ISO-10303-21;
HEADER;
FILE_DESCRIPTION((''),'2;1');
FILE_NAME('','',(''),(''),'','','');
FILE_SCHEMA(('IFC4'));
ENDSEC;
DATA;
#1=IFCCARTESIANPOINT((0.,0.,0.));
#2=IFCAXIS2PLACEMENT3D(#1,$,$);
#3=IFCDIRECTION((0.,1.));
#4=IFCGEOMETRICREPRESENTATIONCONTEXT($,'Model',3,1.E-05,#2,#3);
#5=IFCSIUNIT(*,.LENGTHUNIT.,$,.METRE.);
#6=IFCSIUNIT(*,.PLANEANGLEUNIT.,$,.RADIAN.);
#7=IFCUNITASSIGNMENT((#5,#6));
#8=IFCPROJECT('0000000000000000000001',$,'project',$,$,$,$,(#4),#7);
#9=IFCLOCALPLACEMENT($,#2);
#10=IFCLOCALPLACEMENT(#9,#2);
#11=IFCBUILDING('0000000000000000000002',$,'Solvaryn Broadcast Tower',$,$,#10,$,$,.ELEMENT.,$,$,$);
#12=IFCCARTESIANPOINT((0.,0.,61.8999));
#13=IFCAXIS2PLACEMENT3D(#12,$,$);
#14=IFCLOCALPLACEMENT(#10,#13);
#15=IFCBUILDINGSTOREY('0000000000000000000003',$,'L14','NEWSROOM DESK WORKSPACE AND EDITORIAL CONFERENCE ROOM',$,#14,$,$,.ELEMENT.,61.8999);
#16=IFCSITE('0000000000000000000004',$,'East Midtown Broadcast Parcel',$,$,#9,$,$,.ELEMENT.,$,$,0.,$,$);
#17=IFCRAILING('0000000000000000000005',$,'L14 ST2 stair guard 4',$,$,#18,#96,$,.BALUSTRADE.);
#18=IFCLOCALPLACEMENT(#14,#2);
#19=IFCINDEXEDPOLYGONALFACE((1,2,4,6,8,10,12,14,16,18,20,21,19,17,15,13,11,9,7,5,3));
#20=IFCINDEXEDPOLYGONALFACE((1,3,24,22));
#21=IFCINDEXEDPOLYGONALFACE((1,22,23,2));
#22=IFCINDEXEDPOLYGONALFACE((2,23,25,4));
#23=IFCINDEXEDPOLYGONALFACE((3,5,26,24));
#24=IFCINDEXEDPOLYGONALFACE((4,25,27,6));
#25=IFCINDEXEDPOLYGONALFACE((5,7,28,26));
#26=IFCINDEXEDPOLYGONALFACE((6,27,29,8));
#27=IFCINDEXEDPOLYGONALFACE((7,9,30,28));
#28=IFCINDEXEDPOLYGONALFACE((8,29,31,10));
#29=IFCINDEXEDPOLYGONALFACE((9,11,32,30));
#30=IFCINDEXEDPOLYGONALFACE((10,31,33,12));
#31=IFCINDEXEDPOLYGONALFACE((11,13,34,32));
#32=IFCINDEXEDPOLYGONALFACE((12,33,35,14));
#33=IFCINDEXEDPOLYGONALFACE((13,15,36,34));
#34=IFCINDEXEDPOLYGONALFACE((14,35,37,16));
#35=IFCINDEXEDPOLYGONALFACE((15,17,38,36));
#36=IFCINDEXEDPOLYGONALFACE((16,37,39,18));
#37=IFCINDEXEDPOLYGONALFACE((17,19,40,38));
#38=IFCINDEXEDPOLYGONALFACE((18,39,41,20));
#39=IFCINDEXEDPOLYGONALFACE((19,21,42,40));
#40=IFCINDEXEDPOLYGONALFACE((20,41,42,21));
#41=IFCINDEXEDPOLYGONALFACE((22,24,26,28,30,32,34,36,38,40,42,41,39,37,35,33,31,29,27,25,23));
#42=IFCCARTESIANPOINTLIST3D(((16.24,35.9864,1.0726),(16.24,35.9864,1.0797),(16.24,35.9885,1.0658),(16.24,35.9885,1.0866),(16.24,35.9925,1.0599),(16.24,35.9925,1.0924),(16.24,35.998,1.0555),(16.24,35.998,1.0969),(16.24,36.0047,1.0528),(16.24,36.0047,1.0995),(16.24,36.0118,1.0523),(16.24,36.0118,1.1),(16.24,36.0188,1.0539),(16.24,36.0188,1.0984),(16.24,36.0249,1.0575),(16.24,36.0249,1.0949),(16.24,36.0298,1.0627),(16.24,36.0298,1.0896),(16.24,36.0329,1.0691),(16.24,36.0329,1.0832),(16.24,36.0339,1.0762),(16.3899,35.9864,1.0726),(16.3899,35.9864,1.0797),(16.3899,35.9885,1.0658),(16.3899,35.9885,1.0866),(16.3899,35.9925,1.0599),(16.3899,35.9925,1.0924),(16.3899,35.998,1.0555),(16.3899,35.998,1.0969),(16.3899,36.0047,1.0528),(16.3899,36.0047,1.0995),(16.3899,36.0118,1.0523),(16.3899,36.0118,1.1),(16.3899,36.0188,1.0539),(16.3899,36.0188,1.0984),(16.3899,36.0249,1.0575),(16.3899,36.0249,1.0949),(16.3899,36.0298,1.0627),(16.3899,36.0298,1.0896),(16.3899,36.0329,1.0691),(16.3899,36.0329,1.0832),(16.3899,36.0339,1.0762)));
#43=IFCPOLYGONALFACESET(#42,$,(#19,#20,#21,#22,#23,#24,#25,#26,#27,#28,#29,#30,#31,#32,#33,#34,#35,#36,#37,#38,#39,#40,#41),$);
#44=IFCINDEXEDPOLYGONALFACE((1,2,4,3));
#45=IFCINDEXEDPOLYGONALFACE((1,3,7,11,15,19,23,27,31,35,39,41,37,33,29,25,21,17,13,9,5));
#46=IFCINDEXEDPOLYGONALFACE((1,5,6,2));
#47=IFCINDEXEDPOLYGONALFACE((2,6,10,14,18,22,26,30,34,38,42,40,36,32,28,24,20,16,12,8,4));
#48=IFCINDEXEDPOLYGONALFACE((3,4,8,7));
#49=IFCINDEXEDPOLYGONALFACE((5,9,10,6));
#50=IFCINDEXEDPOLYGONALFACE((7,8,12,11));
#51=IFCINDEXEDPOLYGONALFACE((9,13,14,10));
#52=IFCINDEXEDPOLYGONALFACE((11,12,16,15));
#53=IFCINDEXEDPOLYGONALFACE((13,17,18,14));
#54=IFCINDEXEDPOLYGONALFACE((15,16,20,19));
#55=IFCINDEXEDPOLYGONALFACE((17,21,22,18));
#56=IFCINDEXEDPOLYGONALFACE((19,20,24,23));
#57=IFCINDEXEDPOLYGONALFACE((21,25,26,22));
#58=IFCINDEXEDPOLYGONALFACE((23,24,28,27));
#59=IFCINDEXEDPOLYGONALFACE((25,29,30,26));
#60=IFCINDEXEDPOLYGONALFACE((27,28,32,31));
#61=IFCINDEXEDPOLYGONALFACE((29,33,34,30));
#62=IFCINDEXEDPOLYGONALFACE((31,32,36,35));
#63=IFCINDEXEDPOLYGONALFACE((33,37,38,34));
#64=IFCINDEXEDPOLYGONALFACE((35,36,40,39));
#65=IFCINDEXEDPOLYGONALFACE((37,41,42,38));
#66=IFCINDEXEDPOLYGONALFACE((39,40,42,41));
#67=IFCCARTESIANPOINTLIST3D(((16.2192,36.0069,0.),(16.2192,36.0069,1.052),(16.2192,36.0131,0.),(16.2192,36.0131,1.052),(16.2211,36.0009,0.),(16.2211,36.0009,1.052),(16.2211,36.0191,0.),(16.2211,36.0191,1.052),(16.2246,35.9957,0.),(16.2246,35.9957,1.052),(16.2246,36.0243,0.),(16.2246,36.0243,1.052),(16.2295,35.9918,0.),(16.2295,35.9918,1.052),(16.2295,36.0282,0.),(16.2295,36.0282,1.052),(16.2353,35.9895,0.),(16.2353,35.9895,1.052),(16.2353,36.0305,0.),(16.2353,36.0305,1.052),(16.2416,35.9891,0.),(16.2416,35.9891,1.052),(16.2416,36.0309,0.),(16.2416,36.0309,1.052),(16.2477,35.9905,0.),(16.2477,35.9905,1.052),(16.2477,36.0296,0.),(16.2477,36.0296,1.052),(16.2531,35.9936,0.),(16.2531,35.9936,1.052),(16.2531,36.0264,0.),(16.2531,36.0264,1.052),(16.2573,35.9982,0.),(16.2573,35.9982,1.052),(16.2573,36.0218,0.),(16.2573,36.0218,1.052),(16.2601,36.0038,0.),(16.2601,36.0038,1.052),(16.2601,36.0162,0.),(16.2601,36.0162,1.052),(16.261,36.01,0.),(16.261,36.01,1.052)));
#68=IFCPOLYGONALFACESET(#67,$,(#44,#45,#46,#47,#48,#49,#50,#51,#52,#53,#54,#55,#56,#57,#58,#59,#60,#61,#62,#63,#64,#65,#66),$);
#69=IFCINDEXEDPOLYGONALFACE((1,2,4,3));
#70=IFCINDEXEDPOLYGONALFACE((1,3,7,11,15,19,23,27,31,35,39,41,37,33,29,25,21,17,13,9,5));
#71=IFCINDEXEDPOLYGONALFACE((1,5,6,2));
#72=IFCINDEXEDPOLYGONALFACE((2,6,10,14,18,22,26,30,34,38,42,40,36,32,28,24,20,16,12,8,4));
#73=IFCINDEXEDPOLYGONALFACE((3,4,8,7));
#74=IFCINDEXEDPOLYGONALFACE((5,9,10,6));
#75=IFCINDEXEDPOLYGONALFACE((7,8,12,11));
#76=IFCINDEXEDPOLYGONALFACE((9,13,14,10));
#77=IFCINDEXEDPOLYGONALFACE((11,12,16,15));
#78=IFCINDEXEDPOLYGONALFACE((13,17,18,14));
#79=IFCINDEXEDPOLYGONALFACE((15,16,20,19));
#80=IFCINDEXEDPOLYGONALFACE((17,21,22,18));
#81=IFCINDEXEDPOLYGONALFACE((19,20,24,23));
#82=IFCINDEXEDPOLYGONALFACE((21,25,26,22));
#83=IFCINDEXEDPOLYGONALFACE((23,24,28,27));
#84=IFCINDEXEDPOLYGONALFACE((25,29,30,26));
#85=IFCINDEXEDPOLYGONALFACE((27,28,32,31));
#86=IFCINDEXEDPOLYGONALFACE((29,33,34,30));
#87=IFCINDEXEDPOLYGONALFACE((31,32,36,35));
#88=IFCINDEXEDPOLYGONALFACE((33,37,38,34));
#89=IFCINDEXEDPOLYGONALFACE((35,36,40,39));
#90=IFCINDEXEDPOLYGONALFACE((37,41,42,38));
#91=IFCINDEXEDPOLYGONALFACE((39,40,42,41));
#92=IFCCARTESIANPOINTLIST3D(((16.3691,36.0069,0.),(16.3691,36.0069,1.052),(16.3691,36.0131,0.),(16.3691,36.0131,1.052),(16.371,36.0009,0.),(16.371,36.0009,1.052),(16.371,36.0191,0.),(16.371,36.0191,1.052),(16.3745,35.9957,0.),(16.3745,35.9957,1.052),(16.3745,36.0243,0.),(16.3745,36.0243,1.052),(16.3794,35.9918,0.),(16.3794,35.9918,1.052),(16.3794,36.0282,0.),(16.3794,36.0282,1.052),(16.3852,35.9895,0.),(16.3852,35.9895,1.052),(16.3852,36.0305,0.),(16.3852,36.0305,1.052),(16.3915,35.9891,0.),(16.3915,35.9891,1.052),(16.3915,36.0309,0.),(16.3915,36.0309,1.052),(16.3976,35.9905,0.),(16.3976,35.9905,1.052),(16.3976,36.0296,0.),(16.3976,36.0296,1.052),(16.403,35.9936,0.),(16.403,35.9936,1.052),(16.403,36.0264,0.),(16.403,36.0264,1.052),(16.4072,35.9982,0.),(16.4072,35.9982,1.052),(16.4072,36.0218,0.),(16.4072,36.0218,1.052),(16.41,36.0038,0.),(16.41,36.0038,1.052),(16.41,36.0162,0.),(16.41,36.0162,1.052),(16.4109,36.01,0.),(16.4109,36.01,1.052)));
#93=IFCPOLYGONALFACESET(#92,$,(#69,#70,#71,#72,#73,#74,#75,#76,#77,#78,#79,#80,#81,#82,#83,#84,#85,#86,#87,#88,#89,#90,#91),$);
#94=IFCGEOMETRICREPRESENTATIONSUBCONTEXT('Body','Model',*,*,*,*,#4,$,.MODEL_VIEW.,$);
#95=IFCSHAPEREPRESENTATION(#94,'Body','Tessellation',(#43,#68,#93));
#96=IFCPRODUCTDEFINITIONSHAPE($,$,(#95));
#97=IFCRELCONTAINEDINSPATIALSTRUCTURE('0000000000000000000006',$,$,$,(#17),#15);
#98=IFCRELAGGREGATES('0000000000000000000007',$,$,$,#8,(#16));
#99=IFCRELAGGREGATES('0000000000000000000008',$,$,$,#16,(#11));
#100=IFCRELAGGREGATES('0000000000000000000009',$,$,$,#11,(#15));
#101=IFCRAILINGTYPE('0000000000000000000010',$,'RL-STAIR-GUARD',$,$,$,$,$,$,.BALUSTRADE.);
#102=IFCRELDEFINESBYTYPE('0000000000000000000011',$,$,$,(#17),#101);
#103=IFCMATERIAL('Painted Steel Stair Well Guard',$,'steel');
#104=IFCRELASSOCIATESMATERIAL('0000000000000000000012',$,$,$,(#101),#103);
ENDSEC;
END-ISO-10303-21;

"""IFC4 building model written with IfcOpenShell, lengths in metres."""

from ifc_helpers import new_model, si_unit, direction, frame, origin, origin_2d, place, context, subcontext, project, spatial, circle, extrude, material, type_object, element, save


model = new_model("IFC4")

# Units and contexts
model_context = context("Model", 3, precision=1e-05, world=origin(), true_north=direction((0.0, 1.0)))
body_context = subcontext(model_context, "Body", "Model", "MODEL_VIEW")
ifc_project = project(units=[si_unit("LENGTHUNIT", "METRE"), si_unit("PLANEANGLEUNIT", "RADIAN")], contexts=[model_context])

# Site, building, storey
site_placement = place(None, origin())
site = spatial("IfcSite", under=ifc_project, at=site_placement, Name="East Midtown Broadcast Parcel", CompositionType="ELEMENT", RefElevation=0.0)
building_placement = place(site_placement, origin())
building = spatial("IfcBuilding", under=site, at=building_placement, Name="Solvaryn Broadcast Tower", CompositionType="ELEMENT")
storey_placement = place(building_placement, frame((0.0, 0.0, 61.8999)))
storey = spatial("IfcBuildingStorey", under=building, at=storey_placement, Name="L14", Description="NEWSROOM DESK WORKSPACE AND EDITORIAL CONFERENCE ROOM", CompositionType="ELEMENT", Elevation=61.8999)

# Railing
ifc_material_1 = material(Name="Painted Steel Stair Well Guard", Category="steel")
railing_type_1 = type_object("IfcRailingType", Name="RL-STAIR-GUARD", PredefinedType="BALUSTRADE", material=ifc_material_1)
railing_1_placement = place(storey_placement, frame((16.24, 36.01, 0.0)))
element("IfcRailing", 1, at=railing_1_placement, inside=storey, type_object=railing_type_1, Name="L14 ST2 stair guard 4", PredefinedType="BALUSTRADE", context=body_context, shape_type="SweptSolid", body=[
    extrude(circle(Radius=0.0239, at=origin_2d()), frame((0.0, 0.0, 1.0762), z_axis=(1.0, 0.0, 0.0), x_axis=(0.0, 1.0, 0.0)), (0.0, 0.0, 1.0), 0.1499),
    extrude(circle(Radius=0.021, at=origin_2d()), origin(), (0.0, 0.0, 1.0), 1.052),
    extrude(circle(Radius=0.021, at=origin_2d()), frame((0.1499, 0.0, 0.0)), (0.0, 0.0, 1.0), 1.052),
])

save(model, "model.ifc")
